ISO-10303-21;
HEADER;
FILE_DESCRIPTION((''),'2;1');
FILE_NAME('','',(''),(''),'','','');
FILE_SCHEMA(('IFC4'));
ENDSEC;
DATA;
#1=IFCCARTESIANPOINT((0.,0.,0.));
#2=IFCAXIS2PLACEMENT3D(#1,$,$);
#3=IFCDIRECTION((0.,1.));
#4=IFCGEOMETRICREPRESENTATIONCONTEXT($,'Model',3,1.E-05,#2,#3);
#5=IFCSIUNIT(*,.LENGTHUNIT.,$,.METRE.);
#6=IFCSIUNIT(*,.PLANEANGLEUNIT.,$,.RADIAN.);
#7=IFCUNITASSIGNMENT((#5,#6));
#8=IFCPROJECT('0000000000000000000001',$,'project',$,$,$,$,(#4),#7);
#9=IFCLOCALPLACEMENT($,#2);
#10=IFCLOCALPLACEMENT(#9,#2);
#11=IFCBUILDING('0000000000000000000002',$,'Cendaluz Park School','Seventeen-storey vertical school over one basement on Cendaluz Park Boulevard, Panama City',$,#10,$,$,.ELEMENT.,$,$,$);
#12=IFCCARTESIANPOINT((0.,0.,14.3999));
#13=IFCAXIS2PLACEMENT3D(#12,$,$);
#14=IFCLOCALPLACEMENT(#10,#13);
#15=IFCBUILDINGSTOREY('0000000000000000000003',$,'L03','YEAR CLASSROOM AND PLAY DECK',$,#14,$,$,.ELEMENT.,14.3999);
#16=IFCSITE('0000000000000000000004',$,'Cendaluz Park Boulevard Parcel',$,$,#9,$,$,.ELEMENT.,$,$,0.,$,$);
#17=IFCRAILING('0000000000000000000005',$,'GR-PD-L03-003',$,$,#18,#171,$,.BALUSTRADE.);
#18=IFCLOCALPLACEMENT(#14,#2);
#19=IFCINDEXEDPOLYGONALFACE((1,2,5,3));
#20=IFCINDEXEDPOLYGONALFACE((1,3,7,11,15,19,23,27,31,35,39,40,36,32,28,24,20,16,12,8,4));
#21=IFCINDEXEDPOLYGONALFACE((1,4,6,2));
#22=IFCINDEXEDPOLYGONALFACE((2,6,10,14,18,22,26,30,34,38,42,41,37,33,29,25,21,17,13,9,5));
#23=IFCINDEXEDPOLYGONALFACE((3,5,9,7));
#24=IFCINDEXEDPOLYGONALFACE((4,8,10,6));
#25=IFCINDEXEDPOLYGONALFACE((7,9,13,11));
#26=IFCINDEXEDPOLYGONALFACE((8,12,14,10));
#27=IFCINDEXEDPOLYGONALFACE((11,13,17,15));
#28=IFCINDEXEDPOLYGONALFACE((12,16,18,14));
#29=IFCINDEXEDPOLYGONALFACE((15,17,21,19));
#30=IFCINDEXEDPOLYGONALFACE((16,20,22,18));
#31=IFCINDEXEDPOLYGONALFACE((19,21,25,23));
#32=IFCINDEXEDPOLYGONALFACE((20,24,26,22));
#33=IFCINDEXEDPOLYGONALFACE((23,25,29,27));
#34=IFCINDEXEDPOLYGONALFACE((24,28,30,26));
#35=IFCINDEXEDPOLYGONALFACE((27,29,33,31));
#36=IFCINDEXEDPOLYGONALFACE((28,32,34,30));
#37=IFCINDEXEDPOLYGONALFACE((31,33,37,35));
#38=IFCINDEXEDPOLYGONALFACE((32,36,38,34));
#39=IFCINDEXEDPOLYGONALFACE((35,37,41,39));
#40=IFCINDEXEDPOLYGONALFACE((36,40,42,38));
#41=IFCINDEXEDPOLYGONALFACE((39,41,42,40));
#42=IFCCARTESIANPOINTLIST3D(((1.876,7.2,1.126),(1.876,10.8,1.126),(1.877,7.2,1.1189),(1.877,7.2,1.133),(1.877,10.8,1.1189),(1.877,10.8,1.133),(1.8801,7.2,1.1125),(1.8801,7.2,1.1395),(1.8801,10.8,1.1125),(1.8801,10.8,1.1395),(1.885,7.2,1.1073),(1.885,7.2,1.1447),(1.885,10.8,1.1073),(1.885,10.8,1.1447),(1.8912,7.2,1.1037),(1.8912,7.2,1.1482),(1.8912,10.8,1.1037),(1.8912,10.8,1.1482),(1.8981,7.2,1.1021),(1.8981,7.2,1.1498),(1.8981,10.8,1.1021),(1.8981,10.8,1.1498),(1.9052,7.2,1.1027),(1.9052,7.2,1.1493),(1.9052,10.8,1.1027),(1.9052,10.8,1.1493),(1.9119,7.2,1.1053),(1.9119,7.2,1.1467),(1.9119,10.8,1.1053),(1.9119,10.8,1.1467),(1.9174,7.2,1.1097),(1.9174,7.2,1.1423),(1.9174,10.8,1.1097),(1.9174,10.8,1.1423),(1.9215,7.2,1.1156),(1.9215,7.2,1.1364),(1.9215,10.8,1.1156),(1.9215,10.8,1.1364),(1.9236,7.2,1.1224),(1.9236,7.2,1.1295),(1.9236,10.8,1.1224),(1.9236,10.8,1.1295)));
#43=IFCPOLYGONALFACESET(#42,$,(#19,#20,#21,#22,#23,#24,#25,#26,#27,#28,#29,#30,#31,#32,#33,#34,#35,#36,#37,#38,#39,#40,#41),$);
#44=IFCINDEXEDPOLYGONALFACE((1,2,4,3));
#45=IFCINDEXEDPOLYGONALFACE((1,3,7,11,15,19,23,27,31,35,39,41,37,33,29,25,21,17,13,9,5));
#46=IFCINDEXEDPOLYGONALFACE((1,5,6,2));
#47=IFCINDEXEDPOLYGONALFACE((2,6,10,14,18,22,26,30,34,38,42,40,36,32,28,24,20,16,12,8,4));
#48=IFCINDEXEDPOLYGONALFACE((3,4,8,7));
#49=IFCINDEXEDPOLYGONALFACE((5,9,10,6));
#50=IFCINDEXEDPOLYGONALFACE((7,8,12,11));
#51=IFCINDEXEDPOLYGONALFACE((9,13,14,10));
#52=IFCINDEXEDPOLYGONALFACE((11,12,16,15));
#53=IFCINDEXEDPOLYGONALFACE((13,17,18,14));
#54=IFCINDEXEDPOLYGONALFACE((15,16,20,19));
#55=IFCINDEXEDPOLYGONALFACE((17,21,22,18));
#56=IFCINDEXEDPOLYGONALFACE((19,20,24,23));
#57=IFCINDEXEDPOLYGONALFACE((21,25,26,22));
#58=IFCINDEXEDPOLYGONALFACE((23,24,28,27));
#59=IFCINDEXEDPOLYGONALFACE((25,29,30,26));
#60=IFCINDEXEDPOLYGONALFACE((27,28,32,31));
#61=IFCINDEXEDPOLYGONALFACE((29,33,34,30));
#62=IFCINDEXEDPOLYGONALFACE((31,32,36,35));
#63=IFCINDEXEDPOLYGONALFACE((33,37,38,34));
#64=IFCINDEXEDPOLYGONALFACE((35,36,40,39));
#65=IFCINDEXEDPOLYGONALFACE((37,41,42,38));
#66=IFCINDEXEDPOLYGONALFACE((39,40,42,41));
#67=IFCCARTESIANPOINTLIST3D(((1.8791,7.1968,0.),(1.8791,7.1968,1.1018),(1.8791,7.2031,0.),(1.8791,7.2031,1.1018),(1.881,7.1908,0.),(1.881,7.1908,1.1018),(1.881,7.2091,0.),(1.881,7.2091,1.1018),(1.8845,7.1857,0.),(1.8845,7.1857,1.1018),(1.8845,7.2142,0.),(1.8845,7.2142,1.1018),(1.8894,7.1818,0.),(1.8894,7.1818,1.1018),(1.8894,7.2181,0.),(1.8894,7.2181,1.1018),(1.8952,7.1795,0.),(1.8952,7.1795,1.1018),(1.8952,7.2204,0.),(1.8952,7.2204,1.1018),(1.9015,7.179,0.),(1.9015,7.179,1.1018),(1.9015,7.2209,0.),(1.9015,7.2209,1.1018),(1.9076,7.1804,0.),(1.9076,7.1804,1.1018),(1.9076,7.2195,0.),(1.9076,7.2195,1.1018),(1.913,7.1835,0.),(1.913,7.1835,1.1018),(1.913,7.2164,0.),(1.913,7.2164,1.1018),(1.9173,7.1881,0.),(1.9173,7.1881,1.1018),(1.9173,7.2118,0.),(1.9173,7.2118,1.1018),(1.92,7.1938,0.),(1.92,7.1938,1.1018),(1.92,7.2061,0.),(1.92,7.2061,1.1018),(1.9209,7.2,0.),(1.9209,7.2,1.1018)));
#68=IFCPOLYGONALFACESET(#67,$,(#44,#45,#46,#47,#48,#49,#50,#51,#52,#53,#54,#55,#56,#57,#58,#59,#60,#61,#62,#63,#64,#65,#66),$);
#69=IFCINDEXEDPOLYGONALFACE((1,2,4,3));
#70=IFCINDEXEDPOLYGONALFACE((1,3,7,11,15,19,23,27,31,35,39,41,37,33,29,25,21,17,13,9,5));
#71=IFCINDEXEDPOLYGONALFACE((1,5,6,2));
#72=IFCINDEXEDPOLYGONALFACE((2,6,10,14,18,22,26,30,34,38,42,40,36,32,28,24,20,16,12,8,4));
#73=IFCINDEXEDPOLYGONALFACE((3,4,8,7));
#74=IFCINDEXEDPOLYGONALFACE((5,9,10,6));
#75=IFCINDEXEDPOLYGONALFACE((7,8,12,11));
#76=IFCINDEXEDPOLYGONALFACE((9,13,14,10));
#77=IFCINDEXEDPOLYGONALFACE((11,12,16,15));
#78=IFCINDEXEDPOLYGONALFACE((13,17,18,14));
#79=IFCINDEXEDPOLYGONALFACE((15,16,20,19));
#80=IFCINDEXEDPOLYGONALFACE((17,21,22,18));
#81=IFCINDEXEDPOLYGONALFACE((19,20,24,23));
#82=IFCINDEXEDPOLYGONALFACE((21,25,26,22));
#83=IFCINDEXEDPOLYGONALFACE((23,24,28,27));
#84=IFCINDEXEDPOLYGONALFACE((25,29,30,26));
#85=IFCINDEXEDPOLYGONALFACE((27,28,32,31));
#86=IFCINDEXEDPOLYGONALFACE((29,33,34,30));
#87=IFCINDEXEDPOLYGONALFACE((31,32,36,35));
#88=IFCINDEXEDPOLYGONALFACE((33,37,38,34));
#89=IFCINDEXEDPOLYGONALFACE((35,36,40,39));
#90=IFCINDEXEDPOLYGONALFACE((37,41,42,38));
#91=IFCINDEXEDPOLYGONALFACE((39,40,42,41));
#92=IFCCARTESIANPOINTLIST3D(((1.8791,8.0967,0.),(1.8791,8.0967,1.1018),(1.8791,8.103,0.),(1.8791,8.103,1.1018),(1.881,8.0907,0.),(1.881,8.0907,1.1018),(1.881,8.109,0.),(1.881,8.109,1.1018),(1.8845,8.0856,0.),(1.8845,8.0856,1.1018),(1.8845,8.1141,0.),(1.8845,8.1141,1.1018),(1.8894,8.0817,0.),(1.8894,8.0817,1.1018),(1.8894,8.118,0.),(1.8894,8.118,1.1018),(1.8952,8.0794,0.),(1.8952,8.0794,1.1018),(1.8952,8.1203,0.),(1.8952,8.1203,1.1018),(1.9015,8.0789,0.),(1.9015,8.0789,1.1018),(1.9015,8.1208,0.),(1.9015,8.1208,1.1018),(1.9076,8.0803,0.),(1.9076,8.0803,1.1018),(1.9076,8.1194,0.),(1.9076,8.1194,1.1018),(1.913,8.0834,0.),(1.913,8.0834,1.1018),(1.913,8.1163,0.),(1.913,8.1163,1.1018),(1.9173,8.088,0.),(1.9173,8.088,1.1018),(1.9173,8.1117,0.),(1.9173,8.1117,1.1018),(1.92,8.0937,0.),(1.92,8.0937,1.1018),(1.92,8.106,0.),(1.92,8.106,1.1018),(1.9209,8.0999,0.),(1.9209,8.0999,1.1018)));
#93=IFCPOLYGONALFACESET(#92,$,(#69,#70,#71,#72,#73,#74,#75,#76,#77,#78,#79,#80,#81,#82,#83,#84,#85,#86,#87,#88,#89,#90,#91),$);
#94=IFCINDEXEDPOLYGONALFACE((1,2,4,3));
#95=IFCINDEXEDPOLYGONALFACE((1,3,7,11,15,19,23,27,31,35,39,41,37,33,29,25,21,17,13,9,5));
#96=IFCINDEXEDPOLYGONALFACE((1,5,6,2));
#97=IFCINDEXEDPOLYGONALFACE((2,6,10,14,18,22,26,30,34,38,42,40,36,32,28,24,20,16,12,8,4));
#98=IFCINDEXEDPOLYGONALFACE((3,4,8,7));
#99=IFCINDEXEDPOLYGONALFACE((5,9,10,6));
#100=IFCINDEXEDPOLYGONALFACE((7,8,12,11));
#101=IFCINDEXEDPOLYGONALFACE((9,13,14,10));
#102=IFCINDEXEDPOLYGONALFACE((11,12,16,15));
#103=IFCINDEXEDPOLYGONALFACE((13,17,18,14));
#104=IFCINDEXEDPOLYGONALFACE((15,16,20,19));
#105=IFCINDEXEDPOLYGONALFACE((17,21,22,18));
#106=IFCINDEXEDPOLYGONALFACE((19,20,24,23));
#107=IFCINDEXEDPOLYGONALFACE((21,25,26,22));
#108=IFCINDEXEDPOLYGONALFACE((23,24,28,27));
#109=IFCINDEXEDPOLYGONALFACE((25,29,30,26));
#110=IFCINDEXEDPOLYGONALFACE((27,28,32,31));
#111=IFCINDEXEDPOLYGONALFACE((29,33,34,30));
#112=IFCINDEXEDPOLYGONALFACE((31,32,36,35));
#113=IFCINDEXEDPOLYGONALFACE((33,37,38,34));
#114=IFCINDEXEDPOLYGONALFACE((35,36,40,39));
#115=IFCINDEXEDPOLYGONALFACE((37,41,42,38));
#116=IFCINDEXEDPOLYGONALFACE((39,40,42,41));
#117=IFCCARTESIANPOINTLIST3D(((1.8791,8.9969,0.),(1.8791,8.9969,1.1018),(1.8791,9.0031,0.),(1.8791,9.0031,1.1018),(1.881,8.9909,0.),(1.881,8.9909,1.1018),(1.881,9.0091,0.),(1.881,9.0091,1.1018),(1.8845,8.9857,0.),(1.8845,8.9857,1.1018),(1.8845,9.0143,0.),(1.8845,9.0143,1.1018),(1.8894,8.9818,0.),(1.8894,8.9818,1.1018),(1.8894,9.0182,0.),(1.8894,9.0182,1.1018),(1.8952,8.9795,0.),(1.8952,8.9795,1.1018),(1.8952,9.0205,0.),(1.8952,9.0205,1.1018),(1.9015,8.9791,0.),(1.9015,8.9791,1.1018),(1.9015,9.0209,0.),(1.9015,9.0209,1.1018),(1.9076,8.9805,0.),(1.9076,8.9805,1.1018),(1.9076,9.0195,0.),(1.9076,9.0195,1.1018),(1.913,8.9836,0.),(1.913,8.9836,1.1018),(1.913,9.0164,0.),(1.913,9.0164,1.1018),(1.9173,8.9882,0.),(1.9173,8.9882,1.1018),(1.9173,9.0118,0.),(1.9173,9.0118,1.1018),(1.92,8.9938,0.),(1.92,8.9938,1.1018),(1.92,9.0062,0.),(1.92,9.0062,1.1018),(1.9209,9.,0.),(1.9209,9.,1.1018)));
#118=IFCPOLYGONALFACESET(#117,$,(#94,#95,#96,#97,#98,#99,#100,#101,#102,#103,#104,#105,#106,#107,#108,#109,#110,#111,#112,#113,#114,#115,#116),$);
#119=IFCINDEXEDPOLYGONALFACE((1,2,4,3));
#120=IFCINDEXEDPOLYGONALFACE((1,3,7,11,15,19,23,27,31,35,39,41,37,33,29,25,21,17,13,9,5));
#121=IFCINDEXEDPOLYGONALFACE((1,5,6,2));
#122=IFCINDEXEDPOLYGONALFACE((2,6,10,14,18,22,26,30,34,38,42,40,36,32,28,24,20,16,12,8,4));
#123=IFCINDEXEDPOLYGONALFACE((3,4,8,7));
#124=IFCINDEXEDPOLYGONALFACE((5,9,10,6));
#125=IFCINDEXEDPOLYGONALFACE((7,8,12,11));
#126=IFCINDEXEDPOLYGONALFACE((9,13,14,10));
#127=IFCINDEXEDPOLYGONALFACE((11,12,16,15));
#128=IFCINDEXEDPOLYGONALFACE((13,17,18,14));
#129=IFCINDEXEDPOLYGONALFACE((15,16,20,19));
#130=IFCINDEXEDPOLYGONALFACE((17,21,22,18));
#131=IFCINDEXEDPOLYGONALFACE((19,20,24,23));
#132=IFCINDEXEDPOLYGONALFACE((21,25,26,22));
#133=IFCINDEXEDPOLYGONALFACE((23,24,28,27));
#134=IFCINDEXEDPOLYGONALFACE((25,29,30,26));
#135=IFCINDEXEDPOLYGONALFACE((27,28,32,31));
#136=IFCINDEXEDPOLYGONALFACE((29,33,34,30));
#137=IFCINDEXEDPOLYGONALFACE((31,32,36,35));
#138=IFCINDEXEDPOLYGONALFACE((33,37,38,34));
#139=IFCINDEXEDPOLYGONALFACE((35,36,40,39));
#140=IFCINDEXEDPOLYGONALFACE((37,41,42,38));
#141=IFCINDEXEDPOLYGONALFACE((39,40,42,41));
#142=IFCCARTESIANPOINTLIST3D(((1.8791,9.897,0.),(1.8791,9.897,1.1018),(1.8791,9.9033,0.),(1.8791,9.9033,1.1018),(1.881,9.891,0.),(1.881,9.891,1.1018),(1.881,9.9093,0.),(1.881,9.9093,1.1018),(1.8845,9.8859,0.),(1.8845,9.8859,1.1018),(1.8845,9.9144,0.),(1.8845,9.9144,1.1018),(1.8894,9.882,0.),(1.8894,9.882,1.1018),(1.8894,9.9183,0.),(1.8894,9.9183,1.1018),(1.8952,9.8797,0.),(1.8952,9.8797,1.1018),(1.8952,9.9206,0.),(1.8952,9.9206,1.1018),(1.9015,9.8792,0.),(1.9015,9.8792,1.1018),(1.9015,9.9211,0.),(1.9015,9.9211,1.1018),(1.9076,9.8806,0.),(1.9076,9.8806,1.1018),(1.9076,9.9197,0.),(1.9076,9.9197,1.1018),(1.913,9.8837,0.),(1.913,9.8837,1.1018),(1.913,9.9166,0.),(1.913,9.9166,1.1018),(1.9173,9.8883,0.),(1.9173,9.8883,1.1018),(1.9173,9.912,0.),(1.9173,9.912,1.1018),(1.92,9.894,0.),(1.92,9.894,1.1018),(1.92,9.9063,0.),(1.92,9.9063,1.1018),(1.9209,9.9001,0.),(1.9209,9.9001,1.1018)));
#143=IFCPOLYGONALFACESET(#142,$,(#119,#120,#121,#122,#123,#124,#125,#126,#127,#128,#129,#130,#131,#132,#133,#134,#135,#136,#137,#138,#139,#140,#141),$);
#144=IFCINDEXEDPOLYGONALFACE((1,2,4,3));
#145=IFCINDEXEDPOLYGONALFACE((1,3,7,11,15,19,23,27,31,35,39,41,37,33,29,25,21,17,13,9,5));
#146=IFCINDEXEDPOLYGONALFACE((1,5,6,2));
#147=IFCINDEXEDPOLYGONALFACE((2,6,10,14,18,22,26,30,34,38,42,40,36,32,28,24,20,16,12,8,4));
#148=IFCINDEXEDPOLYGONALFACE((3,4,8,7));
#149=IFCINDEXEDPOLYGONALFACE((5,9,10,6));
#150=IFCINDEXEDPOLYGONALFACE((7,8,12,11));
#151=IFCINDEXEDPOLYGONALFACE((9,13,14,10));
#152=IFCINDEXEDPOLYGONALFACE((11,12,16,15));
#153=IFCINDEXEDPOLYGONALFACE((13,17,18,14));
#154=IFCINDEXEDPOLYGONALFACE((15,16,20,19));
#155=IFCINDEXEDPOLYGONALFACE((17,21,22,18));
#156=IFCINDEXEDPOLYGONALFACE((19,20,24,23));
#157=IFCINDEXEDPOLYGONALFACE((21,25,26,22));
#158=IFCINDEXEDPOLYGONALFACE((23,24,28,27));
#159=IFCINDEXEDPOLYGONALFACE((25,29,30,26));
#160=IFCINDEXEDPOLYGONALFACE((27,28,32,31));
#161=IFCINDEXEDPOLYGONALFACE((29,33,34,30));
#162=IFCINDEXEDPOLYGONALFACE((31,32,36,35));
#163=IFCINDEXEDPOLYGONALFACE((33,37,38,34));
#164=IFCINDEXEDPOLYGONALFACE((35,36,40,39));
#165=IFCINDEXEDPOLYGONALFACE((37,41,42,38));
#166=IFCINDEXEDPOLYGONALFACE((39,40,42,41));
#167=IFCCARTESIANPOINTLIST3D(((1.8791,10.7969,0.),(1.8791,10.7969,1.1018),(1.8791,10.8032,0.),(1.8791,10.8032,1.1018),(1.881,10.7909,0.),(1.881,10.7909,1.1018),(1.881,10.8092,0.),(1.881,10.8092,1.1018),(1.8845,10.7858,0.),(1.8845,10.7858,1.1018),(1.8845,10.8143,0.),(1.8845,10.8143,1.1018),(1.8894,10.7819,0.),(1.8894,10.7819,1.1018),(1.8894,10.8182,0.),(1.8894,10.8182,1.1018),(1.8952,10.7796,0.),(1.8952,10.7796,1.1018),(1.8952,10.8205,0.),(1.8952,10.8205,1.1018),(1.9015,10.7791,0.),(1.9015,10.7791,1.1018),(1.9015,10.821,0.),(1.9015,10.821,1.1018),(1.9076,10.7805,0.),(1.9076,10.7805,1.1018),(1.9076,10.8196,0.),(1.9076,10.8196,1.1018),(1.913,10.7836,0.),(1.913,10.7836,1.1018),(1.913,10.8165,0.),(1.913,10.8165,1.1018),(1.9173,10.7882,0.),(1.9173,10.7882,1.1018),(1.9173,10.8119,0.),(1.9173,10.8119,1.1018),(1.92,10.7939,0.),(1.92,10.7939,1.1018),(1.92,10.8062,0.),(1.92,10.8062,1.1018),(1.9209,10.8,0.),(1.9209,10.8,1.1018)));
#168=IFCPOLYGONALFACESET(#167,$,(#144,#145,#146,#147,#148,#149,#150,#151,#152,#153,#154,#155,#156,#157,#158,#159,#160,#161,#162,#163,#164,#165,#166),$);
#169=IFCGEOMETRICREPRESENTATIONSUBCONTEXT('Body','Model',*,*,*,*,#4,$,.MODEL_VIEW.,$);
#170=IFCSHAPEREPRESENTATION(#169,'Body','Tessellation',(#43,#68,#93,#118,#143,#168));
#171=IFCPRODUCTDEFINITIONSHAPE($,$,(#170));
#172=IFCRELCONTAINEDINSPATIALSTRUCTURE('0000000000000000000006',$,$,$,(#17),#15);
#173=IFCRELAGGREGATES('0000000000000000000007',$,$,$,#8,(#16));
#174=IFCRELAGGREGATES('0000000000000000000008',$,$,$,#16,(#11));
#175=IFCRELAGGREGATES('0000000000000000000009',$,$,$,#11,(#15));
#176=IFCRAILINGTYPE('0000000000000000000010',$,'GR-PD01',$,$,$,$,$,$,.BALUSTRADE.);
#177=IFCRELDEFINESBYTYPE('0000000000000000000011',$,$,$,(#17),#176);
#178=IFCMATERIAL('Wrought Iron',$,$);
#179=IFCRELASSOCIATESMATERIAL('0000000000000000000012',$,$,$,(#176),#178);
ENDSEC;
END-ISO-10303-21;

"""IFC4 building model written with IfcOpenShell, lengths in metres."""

from ifc_helpers import new_model, si_unit, direction, frame, origin, origin_2d, place, context, subcontext, project, spatial, circle, extrude, material, type_object, element, save


model = new_model("IFC4")

# Units and contexts
model_context = context("Model", 3, precision=1e-05, world=origin(), true_north=direction((0.0, 1.0)))
body_context = subcontext(model_context, "Body", "Model", "MODEL_VIEW")
ifc_project = project(units=[si_unit("LENGTHUNIT", "METRE"), si_unit("PLANEANGLEUNIT", "RADIAN")], contexts=[model_context])

# Site, building, storey
site_placement = place(None, origin())
site = spatial("IfcSite", under=ifc_project, at=site_placement, Name="Cendaluz Park Boulevard Parcel", CompositionType="ELEMENT", RefElevation=0.0)
building_placement = place(site_placement, origin())
building = spatial("IfcBuilding", under=site, at=building_placement, Name="Cendaluz Park School", Description="Seventeen-storey vertical school over one basement on Cendaluz Park Boulevard, Panama City", CompositionType="ELEMENT")
storey_placement = place(building_placement, frame((0.0, 0.0, 14.3999)))
storey = spatial("IfcBuildingStorey", under=building, at=storey_placement, Name="L03", Description="YEAR CLASSROOM AND PLAY DECK", CompositionType="ELEMENT", Elevation=14.3999)

# Railing
ifc_material_1 = material(Name="Wrought Iron")
railing_type = type_object("IfcRailingType", Name="GR-PD01", PredefinedType="BALUSTRADE", material=ifc_material_1)
railing_1_placement = place(storey_placement, frame((1.8999, 7.2, 0.0)))
element("IfcRailing", 1, at=railing_1_placement, inside=storey, type_object=railing_type, Name="GR-PD-L03-003", PredefinedType="BALUSTRADE", context=body_context, shape_type="SweptSolid", body=[
    extrude(circle(Radius=0.0239, at=origin_2d()), frame((0.0, 0.0, 1.126), z_axis=(0.0, 1.0, 0.0), x_axis=(-1.0, 0.0, 0.0)), (0.0, 0.0, 1.0), 3.6001),
    extrude(circle(Radius=0.021, at=origin_2d()), origin(), (0.0, 0.0, 1.0), 1.1018),
    extrude(circle(Radius=0.021, at=origin_2d()), frame((0.0, 0.8999, 0.0)), (0.0, 0.0, 1.0), 1.1018),
    extrude(circle(Radius=0.021, at=origin_2d()), frame((0.0, 1.8, 0.0)), (0.0, 0.0, 1.0), 1.1018),
    extrude(circle(Radius=0.021, at=origin_2d()), frame((0.0, 2.7002, 0.0)), (0.0, 0.0, 1.0), 1.1018),
    extrude(circle(Radius=0.021, at=origin_2d()), frame((0.0, 3.6001, 0.0)), (0.0, 0.0, 1.0), 1.1018),
])

save(model, "model.ifc")
